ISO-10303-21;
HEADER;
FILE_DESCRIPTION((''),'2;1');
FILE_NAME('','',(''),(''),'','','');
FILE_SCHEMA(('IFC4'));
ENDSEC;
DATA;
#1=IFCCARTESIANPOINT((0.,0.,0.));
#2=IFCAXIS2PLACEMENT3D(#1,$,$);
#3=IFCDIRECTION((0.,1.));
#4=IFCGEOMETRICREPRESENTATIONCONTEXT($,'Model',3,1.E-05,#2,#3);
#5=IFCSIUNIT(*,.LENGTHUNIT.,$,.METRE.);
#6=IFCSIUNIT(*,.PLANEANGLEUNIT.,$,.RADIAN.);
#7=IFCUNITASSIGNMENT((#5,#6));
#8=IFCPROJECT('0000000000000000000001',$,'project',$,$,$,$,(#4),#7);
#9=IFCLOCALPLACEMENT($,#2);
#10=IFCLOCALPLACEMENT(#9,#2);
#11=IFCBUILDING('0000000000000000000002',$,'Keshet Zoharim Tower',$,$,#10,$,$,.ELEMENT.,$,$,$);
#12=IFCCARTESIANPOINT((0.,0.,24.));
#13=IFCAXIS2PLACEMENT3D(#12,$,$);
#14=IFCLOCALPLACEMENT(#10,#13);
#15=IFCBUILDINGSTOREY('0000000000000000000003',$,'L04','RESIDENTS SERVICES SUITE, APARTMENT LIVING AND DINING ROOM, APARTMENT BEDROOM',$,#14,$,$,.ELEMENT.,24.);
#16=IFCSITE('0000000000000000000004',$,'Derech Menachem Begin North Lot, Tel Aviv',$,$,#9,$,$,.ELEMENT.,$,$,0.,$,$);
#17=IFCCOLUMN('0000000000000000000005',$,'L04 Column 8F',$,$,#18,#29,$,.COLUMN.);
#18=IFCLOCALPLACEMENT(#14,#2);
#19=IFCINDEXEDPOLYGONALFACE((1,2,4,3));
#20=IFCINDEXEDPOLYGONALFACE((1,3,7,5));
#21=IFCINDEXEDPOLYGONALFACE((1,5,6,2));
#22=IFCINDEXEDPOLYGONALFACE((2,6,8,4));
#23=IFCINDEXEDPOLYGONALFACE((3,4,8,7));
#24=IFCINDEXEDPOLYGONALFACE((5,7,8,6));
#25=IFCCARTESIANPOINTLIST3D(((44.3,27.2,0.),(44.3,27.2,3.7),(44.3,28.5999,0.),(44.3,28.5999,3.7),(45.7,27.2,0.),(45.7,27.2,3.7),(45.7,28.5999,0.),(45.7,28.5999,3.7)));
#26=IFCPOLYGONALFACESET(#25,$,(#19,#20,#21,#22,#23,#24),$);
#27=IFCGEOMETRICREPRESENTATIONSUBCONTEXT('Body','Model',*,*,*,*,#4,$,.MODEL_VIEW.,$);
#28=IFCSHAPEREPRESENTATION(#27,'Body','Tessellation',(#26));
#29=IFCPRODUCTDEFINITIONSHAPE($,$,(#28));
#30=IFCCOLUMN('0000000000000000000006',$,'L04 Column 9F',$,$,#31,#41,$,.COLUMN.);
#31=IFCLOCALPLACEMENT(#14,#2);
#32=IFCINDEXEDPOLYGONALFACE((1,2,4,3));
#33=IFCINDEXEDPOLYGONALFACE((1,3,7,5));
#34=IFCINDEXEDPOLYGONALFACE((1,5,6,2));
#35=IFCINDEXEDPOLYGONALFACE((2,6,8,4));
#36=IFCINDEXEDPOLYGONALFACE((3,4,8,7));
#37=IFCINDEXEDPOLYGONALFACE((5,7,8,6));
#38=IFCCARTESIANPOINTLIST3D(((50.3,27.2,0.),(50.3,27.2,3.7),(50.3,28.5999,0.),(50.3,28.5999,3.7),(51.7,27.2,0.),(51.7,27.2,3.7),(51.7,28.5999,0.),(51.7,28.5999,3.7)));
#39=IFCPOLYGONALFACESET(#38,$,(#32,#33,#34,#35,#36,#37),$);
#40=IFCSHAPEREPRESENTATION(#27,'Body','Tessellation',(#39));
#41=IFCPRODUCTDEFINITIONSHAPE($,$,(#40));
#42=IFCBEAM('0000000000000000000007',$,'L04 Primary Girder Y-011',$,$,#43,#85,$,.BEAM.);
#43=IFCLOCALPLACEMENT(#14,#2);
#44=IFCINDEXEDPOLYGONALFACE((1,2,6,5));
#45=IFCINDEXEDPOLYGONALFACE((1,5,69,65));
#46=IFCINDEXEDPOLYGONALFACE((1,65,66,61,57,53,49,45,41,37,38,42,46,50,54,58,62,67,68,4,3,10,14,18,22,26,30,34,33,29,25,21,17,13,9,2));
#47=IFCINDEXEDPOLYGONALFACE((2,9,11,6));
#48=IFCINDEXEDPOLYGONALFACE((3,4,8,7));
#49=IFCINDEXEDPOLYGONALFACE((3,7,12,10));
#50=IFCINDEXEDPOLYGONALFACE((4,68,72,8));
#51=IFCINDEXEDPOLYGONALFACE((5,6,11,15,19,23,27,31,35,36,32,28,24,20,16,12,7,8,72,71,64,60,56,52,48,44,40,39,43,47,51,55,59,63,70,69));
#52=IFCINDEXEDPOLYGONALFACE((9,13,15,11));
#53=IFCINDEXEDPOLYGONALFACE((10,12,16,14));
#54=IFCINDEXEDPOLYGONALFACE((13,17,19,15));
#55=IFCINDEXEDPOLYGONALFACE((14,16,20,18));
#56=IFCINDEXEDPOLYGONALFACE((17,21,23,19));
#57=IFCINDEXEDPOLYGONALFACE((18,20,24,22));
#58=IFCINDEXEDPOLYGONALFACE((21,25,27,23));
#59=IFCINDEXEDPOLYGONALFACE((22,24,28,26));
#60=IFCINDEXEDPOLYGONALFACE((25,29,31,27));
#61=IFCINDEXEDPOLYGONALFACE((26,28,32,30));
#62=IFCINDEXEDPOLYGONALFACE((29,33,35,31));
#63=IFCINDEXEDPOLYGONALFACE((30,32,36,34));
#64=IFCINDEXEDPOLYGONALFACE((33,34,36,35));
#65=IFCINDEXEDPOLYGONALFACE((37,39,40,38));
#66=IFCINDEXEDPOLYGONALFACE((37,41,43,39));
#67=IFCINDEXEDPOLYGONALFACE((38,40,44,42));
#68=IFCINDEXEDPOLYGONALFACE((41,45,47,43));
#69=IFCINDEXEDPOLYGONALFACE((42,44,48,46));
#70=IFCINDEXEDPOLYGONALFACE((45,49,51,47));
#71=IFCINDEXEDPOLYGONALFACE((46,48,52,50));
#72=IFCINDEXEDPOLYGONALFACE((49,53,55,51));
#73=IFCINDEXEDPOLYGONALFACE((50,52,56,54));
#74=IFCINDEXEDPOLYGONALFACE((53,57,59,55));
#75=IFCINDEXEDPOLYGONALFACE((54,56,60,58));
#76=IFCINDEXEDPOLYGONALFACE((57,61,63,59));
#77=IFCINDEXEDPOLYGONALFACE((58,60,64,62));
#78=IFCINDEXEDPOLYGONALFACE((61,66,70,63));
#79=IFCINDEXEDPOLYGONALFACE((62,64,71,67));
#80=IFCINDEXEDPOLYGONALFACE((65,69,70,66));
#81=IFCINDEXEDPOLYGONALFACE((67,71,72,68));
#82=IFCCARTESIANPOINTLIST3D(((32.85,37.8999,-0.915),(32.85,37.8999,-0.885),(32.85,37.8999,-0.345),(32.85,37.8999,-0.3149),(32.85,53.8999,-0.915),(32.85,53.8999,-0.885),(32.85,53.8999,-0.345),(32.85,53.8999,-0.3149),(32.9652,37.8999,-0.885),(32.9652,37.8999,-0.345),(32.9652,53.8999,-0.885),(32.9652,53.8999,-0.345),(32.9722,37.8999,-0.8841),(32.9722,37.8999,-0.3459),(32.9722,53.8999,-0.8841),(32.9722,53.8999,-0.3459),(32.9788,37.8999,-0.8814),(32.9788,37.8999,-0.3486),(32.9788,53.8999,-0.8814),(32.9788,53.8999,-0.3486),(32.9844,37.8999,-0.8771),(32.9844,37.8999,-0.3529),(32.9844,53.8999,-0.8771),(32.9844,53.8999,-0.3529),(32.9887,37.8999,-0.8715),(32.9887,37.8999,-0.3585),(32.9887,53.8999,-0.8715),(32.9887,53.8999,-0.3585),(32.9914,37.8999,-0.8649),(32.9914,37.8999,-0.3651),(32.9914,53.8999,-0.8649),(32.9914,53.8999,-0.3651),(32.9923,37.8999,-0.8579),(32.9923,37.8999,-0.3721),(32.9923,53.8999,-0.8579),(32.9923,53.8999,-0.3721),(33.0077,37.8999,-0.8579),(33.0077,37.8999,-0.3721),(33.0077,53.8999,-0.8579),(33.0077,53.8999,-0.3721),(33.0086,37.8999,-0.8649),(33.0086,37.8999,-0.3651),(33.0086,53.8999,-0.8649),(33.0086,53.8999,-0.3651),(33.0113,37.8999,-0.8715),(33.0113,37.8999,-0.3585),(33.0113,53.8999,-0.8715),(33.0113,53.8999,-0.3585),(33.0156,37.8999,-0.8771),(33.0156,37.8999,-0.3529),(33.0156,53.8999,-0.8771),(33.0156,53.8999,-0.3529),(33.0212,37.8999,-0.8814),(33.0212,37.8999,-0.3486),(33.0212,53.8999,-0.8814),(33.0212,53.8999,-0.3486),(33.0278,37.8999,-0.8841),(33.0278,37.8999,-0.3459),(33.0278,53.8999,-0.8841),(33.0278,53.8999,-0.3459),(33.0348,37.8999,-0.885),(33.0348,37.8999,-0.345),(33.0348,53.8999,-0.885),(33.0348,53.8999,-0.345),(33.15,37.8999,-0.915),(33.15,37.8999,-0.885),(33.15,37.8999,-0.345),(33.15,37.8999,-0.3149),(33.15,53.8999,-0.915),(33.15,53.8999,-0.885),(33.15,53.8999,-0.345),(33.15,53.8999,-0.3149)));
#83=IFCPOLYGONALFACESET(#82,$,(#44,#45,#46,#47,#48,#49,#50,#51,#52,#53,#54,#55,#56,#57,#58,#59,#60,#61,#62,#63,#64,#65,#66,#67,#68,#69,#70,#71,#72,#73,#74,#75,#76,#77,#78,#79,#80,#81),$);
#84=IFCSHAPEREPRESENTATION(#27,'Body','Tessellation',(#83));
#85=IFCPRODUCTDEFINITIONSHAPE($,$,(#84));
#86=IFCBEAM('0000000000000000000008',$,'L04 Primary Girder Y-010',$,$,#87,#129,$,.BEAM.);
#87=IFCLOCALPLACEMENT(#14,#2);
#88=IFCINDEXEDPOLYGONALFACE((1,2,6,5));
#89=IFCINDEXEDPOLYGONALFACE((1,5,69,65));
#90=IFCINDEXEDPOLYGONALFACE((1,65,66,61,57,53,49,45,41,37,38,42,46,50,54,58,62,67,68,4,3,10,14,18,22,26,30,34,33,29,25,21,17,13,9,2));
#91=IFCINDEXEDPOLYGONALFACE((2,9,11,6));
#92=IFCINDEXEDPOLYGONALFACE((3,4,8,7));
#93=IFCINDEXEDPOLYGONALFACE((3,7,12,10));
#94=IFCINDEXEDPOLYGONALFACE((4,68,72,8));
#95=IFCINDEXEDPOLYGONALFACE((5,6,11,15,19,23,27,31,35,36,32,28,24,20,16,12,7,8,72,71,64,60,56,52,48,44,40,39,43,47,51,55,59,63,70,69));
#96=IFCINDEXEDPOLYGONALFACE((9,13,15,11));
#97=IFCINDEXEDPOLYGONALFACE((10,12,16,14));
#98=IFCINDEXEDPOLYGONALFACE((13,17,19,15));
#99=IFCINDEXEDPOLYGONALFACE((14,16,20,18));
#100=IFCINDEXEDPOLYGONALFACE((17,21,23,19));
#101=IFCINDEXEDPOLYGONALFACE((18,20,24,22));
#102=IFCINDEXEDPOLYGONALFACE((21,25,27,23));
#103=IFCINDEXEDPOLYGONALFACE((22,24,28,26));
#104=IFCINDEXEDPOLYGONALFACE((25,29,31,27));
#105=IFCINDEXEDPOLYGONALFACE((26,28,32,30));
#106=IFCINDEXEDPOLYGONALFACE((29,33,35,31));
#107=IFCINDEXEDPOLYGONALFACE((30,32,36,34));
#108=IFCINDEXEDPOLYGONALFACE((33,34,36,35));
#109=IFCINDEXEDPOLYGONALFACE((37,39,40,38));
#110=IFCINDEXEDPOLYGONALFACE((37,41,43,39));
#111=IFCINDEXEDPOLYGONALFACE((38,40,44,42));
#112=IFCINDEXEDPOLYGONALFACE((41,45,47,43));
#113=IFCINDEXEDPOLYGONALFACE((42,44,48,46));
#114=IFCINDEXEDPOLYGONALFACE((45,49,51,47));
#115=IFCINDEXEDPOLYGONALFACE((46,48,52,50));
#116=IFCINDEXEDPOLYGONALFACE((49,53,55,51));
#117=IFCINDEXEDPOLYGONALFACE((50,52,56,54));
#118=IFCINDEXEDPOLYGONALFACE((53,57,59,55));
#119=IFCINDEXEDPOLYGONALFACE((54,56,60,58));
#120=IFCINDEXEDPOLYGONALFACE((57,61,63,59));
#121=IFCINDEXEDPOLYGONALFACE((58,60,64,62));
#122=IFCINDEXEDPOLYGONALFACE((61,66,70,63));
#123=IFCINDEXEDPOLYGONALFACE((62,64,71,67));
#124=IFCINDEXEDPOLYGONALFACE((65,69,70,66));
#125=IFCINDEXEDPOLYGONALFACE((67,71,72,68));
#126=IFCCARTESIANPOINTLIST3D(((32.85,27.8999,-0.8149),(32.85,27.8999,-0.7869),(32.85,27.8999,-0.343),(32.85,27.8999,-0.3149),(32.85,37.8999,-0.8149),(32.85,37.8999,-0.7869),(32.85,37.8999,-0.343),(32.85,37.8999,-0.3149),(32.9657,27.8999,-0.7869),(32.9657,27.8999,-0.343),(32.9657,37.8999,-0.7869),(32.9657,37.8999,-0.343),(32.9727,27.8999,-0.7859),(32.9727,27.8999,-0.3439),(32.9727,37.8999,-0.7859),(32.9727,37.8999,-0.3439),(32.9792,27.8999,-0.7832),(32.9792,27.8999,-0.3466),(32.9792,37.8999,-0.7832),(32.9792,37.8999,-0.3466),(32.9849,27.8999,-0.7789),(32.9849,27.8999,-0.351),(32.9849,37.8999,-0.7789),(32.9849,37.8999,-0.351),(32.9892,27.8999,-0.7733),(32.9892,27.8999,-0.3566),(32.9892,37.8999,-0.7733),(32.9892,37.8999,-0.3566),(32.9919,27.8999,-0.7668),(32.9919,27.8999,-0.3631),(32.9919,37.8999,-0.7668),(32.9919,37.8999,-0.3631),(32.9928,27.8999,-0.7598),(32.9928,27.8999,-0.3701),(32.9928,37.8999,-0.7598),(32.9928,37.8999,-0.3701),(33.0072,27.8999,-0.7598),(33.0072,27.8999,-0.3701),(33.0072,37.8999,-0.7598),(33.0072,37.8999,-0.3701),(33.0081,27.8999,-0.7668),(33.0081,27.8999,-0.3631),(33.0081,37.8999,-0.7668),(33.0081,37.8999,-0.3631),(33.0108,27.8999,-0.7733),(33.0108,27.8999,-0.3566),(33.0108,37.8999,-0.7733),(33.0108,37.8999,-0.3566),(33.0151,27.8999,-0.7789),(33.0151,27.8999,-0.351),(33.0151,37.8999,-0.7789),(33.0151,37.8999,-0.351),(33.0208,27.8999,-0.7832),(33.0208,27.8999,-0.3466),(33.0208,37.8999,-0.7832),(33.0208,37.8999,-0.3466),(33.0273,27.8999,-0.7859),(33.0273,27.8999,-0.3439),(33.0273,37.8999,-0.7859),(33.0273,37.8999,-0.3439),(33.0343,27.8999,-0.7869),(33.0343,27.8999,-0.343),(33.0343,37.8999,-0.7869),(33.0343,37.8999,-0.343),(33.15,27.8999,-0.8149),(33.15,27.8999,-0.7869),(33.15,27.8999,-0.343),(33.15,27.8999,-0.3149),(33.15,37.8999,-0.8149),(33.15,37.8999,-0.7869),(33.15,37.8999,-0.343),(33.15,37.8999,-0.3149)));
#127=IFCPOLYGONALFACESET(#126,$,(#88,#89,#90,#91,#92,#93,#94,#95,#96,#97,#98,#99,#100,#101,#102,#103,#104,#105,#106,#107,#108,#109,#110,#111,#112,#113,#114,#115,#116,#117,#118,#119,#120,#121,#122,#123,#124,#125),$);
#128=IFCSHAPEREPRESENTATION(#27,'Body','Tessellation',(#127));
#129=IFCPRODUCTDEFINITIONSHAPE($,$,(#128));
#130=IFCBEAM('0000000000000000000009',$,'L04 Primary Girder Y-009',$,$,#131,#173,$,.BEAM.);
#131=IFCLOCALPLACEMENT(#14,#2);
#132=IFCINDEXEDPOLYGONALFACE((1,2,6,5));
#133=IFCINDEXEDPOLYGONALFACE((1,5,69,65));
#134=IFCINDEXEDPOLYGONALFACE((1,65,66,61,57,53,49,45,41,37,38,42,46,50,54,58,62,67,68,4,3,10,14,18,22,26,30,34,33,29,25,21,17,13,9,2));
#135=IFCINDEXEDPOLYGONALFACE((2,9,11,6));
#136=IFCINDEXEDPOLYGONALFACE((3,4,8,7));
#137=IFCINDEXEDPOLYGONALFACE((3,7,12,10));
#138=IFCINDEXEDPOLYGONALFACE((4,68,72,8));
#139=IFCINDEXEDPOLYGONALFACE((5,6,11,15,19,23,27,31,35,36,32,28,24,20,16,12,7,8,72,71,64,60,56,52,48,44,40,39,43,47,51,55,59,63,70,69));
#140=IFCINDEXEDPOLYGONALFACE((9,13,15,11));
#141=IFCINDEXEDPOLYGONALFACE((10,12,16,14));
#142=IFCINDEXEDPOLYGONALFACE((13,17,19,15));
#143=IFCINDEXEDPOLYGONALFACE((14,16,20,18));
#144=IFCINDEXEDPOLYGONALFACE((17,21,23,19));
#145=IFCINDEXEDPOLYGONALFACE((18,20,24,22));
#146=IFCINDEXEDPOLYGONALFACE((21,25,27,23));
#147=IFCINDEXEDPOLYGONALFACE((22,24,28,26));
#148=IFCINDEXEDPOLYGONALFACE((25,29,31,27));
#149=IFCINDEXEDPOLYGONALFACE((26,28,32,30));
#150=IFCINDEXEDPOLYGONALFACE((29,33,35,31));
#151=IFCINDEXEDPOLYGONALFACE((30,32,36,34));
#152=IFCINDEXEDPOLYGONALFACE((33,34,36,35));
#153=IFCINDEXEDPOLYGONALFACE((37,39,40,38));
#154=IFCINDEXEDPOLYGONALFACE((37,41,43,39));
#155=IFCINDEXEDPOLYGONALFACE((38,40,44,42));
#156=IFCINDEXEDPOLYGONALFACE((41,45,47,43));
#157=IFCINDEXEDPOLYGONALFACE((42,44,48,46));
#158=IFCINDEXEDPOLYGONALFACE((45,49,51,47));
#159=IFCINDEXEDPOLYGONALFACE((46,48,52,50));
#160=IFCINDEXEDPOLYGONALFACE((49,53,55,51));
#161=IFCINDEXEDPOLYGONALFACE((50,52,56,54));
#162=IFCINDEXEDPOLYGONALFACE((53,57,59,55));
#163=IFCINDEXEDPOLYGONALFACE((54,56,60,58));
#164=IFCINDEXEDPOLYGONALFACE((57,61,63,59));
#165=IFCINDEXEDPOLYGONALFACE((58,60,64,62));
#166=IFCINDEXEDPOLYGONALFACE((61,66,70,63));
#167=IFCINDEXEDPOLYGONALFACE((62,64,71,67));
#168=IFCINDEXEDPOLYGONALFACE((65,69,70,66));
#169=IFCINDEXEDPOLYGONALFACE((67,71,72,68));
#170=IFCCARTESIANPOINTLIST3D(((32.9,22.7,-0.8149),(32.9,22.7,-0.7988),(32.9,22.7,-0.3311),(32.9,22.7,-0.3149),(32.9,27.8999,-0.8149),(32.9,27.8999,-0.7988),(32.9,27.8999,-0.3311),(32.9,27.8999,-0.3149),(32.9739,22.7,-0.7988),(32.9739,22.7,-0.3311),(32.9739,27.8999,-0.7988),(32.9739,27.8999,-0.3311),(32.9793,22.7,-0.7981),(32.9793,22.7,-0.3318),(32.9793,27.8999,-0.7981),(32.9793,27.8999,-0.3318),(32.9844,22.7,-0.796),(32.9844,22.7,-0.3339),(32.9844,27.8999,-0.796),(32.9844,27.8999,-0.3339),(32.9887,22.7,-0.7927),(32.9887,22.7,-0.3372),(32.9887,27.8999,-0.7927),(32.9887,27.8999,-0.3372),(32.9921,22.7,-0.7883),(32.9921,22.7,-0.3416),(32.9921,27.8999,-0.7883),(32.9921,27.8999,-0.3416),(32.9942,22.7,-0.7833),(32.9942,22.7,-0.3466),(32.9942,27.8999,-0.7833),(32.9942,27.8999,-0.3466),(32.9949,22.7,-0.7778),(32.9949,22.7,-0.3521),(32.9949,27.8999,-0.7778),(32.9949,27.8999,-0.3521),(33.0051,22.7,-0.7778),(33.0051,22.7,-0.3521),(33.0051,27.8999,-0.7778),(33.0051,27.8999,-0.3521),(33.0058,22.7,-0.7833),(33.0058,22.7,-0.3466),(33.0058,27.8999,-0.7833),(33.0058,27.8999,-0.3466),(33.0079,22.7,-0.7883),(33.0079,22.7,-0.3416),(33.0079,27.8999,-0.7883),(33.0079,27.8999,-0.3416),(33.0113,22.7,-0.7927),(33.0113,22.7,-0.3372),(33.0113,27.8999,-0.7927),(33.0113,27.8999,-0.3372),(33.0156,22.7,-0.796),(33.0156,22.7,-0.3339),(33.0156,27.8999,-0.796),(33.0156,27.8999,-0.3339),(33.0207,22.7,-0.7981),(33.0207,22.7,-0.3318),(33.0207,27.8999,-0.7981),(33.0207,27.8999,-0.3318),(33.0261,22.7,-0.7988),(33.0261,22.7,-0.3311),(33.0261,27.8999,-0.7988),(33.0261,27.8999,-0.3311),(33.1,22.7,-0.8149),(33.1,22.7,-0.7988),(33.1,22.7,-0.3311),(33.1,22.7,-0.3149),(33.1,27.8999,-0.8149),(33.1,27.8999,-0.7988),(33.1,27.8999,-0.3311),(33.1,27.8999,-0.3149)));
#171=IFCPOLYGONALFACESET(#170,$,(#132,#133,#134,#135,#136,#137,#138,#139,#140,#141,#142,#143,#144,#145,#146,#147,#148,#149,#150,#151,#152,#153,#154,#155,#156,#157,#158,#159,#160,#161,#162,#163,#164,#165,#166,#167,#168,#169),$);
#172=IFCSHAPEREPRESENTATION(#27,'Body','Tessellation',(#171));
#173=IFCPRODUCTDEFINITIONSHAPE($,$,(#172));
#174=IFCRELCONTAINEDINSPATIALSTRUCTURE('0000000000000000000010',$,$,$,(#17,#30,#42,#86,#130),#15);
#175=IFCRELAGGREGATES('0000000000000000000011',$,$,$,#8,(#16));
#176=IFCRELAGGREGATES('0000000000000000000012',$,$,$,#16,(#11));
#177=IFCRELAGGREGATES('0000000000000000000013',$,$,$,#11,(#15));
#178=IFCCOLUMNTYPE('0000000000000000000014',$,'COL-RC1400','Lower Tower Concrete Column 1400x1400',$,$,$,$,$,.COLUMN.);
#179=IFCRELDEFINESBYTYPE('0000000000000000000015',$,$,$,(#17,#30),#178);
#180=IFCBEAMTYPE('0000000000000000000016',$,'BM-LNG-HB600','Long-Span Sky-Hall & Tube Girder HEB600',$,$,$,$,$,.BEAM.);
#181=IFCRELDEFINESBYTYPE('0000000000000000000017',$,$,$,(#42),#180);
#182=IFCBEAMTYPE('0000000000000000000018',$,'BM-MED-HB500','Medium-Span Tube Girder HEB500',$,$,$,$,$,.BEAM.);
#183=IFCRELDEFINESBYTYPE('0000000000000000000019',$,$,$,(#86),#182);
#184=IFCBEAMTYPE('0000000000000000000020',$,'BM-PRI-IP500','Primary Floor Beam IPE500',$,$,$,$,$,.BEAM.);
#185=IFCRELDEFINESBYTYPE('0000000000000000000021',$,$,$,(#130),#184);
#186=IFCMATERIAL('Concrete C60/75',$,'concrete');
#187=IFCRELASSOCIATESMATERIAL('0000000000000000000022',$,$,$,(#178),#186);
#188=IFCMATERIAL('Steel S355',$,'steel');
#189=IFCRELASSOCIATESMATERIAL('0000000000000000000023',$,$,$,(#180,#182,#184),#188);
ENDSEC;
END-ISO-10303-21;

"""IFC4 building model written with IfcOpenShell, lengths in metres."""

from ifc_helpers import new_model, si_unit, direction, frame, origin, origin_2d, place, context, subcontext, project, spatial, rectangle, i_section, extrude, material, material_profile, profile_set, type_object, element, save


model = new_model("IFC4")

# Units and contexts
model_context = context("Model", 3, precision=1e-05, world=origin(), true_north=direction((0.0, 1.0)))
body_context = subcontext(model_context, "Body", "Model", "MODEL_VIEW")
ifc_project = project(units=[si_unit("LENGTHUNIT", "METRE"), si_unit("PLANEANGLEUNIT", "RADIAN")], contexts=[model_context])

# Site, building, storey
site_placement = place(None, origin())
site = spatial("IfcSite", under=ifc_project, at=site_placement, Name="Derech Menachem Begin North Lot, Tel Aviv", CompositionType="ELEMENT", RefElevation=0.0)
building_placement = place(site_placement, origin())
building = spatial("IfcBuilding", under=site, at=building_placement, Name="Keshet Zoharim Tower", CompositionType="ELEMENT")
storey_placement = place(building_placement, frame((0.0, 0.0, 24.0)))
storey = spatial("IfcBuildingStorey", under=building, at=storey_placement, Name="L04", Description="RESIDENTS SERVICES SUITE, APARTMENT LIVING AND DINING ROOM, APARTMENT BEDROOM", CompositionType="ELEMENT", Elevation=24.0)

# Columns
ifc_material_1 = material(Name="Concrete C60/75", Category="concrete")
ifc_material_profile_1 = material_profile(ifc_material_1, rectangle(XDim=1.3999, YDim=1.3999, at=origin_2d()), Name="RC1400x1400")
ifc_profile_set_1 = profile_set([ifc_material_profile_1], Name="Concrete C60/75")
column_type = type_object("IfcColumnType", Name="COL-RC1400", Description="Lower Tower Concrete Column 1400x1400", PredefinedType="COLUMN", material=ifc_profile_set_1)
for number, where, z_axis, x_axis, name in (
    (1, (45.0, 27.8999, 0.0), (0.0, 0.0, 1.0), (1.0, 0.0, 0.0), "L04 Column 8F"),
    (2, (51.0, 27.8999, 0.0), (0.0, 0.0, 1.0), (1.0, 0.0, 0.0), "L04 Column 9F"),
):
    element("IfcColumn", number, at=place(storey_placement, frame(where, z_axis=z_axis, x_axis=x_axis)), inside=storey, type_object=column_type, Name=name, PredefinedType="COLUMN", context=body_context, shape_type="SweptSolid", body=[
        extrude(rectangle(XDim=1.3999, YDim=1.3999, at=origin_2d()), origin(), (0.0, 0.0, 1.0), 3.7),
    ])

# Beams
ifc_material_2 = material(Name="Steel S355", Category="steel")
ifc_material_profile_2 = material_profile(ifc_material_2, i_section(OverallWidth=0.3, OverallDepth=0.6001, WebThickness=0.0154, FlangeThickness=0.03, FilletRadius=0.0271, at=origin_2d()), Name="HEB600")
ifc_profile_set_2 = profile_set([ifc_material_profile_2], Name="Steel S355")
beam_type_1 = type_object("IfcBeamType", Name="BM-LNG-HB600", Description="Long-Span Sky-Hall & Tube Girder HEB600", PredefinedType="BEAM", material=ifc_profile_set_2)
beam_1_placement = place(storey_placement, frame((33.0, 37.8999, -0.615), z_axis=(0.0, 1.0, 0.0), x_axis=(-1.0, 0.0, 0.0)))
element("IfcBeam", 3, at=beam_1_placement, inside=storey, type_object=beam_type_1, Name="L04 Primary Girder Y-011", PredefinedType="BEAM", context=body_context, shape_type="SweptSolid", body=[
    extrude(i_section(OverallWidth=0.3, OverallDepth=0.6001, WebThickness=0.0154, FlangeThickness=0.03, FilletRadius=0.0271, at=origin_2d()), origin(), (0.0, 0.0, 1.0), 16.0),
])
ifc_material_profile_3 = material_profile(ifc_material_2, i_section(OverallWidth=0.3, OverallDepth=0.5, WebThickness=0.0144, FlangeThickness=0.0281, FilletRadius=0.0271, at=origin_2d()), Name="HEB500")
ifc_profile_set_3 = profile_set([ifc_material_profile_3], Name="Steel S355")
beam_type_2 = type_object("IfcBeamType", Name="BM-MED-HB500", Description="Medium-Span Tube Girder HEB500", PredefinedType="BEAM", material=ifc_profile_set_3)
beam_2_placement = place(storey_placement, frame((33.0, 27.8999, -0.5649), z_axis=(0.0, 1.0, 0.0), x_axis=(-1.0, 0.0, 0.0)))
element("IfcBeam", 4, at=beam_2_placement, inside=storey, type_object=beam_type_2, Name="L04 Primary Girder Y-010", PredefinedType="BEAM", context=body_context, shape_type="SweptSolid", body=[
    extrude(i_section(OverallWidth=0.3, OverallDepth=0.5, WebThickness=0.0144, FlangeThickness=0.0281, FilletRadius=0.0271, at=origin_2d()), origin(), (0.0, 0.0, 1.0), 10.0),
])
ifc_material_profile_4 = material_profile(ifc_material_2, i_section(OverallWidth=0.2, OverallDepth=0.5, WebThickness=0.0103, FlangeThickness=0.0161, FilletRadius=0.021, at=origin_2d()), Name="IPE500")
ifc_profile_set_4 = profile_set([ifc_material_profile_4], Name="Steel S355")
beam_type_3 = type_object("IfcBeamType", Name="BM-PRI-IP500", Description="Primary Floor Beam IPE500", PredefinedType="BEAM", material=ifc_profile_set_4)
beam_3_placement = place(storey_placement, frame((33.0, 22.7, -0.5649), z_axis=(0.0, 1.0, 0.0), x_axis=(-1.0, 0.0, 0.0)))
element("IfcBeam", 5, at=beam_3_placement, inside=storey, type_object=beam_type_3, Name="L04 Primary Girder Y-009", PredefinedType="BEAM", context=body_context, shape_type="SweptSolid", body=[
    extrude(i_section(OverallWidth=0.2, OverallDepth=0.5, WebThickness=0.0103, FlangeThickness=0.0161, FilletRadius=0.021, at=origin_2d()), origin(), (0.0, 0.0, 1.0), 5.2),
])

save(model, "model.ifc")
